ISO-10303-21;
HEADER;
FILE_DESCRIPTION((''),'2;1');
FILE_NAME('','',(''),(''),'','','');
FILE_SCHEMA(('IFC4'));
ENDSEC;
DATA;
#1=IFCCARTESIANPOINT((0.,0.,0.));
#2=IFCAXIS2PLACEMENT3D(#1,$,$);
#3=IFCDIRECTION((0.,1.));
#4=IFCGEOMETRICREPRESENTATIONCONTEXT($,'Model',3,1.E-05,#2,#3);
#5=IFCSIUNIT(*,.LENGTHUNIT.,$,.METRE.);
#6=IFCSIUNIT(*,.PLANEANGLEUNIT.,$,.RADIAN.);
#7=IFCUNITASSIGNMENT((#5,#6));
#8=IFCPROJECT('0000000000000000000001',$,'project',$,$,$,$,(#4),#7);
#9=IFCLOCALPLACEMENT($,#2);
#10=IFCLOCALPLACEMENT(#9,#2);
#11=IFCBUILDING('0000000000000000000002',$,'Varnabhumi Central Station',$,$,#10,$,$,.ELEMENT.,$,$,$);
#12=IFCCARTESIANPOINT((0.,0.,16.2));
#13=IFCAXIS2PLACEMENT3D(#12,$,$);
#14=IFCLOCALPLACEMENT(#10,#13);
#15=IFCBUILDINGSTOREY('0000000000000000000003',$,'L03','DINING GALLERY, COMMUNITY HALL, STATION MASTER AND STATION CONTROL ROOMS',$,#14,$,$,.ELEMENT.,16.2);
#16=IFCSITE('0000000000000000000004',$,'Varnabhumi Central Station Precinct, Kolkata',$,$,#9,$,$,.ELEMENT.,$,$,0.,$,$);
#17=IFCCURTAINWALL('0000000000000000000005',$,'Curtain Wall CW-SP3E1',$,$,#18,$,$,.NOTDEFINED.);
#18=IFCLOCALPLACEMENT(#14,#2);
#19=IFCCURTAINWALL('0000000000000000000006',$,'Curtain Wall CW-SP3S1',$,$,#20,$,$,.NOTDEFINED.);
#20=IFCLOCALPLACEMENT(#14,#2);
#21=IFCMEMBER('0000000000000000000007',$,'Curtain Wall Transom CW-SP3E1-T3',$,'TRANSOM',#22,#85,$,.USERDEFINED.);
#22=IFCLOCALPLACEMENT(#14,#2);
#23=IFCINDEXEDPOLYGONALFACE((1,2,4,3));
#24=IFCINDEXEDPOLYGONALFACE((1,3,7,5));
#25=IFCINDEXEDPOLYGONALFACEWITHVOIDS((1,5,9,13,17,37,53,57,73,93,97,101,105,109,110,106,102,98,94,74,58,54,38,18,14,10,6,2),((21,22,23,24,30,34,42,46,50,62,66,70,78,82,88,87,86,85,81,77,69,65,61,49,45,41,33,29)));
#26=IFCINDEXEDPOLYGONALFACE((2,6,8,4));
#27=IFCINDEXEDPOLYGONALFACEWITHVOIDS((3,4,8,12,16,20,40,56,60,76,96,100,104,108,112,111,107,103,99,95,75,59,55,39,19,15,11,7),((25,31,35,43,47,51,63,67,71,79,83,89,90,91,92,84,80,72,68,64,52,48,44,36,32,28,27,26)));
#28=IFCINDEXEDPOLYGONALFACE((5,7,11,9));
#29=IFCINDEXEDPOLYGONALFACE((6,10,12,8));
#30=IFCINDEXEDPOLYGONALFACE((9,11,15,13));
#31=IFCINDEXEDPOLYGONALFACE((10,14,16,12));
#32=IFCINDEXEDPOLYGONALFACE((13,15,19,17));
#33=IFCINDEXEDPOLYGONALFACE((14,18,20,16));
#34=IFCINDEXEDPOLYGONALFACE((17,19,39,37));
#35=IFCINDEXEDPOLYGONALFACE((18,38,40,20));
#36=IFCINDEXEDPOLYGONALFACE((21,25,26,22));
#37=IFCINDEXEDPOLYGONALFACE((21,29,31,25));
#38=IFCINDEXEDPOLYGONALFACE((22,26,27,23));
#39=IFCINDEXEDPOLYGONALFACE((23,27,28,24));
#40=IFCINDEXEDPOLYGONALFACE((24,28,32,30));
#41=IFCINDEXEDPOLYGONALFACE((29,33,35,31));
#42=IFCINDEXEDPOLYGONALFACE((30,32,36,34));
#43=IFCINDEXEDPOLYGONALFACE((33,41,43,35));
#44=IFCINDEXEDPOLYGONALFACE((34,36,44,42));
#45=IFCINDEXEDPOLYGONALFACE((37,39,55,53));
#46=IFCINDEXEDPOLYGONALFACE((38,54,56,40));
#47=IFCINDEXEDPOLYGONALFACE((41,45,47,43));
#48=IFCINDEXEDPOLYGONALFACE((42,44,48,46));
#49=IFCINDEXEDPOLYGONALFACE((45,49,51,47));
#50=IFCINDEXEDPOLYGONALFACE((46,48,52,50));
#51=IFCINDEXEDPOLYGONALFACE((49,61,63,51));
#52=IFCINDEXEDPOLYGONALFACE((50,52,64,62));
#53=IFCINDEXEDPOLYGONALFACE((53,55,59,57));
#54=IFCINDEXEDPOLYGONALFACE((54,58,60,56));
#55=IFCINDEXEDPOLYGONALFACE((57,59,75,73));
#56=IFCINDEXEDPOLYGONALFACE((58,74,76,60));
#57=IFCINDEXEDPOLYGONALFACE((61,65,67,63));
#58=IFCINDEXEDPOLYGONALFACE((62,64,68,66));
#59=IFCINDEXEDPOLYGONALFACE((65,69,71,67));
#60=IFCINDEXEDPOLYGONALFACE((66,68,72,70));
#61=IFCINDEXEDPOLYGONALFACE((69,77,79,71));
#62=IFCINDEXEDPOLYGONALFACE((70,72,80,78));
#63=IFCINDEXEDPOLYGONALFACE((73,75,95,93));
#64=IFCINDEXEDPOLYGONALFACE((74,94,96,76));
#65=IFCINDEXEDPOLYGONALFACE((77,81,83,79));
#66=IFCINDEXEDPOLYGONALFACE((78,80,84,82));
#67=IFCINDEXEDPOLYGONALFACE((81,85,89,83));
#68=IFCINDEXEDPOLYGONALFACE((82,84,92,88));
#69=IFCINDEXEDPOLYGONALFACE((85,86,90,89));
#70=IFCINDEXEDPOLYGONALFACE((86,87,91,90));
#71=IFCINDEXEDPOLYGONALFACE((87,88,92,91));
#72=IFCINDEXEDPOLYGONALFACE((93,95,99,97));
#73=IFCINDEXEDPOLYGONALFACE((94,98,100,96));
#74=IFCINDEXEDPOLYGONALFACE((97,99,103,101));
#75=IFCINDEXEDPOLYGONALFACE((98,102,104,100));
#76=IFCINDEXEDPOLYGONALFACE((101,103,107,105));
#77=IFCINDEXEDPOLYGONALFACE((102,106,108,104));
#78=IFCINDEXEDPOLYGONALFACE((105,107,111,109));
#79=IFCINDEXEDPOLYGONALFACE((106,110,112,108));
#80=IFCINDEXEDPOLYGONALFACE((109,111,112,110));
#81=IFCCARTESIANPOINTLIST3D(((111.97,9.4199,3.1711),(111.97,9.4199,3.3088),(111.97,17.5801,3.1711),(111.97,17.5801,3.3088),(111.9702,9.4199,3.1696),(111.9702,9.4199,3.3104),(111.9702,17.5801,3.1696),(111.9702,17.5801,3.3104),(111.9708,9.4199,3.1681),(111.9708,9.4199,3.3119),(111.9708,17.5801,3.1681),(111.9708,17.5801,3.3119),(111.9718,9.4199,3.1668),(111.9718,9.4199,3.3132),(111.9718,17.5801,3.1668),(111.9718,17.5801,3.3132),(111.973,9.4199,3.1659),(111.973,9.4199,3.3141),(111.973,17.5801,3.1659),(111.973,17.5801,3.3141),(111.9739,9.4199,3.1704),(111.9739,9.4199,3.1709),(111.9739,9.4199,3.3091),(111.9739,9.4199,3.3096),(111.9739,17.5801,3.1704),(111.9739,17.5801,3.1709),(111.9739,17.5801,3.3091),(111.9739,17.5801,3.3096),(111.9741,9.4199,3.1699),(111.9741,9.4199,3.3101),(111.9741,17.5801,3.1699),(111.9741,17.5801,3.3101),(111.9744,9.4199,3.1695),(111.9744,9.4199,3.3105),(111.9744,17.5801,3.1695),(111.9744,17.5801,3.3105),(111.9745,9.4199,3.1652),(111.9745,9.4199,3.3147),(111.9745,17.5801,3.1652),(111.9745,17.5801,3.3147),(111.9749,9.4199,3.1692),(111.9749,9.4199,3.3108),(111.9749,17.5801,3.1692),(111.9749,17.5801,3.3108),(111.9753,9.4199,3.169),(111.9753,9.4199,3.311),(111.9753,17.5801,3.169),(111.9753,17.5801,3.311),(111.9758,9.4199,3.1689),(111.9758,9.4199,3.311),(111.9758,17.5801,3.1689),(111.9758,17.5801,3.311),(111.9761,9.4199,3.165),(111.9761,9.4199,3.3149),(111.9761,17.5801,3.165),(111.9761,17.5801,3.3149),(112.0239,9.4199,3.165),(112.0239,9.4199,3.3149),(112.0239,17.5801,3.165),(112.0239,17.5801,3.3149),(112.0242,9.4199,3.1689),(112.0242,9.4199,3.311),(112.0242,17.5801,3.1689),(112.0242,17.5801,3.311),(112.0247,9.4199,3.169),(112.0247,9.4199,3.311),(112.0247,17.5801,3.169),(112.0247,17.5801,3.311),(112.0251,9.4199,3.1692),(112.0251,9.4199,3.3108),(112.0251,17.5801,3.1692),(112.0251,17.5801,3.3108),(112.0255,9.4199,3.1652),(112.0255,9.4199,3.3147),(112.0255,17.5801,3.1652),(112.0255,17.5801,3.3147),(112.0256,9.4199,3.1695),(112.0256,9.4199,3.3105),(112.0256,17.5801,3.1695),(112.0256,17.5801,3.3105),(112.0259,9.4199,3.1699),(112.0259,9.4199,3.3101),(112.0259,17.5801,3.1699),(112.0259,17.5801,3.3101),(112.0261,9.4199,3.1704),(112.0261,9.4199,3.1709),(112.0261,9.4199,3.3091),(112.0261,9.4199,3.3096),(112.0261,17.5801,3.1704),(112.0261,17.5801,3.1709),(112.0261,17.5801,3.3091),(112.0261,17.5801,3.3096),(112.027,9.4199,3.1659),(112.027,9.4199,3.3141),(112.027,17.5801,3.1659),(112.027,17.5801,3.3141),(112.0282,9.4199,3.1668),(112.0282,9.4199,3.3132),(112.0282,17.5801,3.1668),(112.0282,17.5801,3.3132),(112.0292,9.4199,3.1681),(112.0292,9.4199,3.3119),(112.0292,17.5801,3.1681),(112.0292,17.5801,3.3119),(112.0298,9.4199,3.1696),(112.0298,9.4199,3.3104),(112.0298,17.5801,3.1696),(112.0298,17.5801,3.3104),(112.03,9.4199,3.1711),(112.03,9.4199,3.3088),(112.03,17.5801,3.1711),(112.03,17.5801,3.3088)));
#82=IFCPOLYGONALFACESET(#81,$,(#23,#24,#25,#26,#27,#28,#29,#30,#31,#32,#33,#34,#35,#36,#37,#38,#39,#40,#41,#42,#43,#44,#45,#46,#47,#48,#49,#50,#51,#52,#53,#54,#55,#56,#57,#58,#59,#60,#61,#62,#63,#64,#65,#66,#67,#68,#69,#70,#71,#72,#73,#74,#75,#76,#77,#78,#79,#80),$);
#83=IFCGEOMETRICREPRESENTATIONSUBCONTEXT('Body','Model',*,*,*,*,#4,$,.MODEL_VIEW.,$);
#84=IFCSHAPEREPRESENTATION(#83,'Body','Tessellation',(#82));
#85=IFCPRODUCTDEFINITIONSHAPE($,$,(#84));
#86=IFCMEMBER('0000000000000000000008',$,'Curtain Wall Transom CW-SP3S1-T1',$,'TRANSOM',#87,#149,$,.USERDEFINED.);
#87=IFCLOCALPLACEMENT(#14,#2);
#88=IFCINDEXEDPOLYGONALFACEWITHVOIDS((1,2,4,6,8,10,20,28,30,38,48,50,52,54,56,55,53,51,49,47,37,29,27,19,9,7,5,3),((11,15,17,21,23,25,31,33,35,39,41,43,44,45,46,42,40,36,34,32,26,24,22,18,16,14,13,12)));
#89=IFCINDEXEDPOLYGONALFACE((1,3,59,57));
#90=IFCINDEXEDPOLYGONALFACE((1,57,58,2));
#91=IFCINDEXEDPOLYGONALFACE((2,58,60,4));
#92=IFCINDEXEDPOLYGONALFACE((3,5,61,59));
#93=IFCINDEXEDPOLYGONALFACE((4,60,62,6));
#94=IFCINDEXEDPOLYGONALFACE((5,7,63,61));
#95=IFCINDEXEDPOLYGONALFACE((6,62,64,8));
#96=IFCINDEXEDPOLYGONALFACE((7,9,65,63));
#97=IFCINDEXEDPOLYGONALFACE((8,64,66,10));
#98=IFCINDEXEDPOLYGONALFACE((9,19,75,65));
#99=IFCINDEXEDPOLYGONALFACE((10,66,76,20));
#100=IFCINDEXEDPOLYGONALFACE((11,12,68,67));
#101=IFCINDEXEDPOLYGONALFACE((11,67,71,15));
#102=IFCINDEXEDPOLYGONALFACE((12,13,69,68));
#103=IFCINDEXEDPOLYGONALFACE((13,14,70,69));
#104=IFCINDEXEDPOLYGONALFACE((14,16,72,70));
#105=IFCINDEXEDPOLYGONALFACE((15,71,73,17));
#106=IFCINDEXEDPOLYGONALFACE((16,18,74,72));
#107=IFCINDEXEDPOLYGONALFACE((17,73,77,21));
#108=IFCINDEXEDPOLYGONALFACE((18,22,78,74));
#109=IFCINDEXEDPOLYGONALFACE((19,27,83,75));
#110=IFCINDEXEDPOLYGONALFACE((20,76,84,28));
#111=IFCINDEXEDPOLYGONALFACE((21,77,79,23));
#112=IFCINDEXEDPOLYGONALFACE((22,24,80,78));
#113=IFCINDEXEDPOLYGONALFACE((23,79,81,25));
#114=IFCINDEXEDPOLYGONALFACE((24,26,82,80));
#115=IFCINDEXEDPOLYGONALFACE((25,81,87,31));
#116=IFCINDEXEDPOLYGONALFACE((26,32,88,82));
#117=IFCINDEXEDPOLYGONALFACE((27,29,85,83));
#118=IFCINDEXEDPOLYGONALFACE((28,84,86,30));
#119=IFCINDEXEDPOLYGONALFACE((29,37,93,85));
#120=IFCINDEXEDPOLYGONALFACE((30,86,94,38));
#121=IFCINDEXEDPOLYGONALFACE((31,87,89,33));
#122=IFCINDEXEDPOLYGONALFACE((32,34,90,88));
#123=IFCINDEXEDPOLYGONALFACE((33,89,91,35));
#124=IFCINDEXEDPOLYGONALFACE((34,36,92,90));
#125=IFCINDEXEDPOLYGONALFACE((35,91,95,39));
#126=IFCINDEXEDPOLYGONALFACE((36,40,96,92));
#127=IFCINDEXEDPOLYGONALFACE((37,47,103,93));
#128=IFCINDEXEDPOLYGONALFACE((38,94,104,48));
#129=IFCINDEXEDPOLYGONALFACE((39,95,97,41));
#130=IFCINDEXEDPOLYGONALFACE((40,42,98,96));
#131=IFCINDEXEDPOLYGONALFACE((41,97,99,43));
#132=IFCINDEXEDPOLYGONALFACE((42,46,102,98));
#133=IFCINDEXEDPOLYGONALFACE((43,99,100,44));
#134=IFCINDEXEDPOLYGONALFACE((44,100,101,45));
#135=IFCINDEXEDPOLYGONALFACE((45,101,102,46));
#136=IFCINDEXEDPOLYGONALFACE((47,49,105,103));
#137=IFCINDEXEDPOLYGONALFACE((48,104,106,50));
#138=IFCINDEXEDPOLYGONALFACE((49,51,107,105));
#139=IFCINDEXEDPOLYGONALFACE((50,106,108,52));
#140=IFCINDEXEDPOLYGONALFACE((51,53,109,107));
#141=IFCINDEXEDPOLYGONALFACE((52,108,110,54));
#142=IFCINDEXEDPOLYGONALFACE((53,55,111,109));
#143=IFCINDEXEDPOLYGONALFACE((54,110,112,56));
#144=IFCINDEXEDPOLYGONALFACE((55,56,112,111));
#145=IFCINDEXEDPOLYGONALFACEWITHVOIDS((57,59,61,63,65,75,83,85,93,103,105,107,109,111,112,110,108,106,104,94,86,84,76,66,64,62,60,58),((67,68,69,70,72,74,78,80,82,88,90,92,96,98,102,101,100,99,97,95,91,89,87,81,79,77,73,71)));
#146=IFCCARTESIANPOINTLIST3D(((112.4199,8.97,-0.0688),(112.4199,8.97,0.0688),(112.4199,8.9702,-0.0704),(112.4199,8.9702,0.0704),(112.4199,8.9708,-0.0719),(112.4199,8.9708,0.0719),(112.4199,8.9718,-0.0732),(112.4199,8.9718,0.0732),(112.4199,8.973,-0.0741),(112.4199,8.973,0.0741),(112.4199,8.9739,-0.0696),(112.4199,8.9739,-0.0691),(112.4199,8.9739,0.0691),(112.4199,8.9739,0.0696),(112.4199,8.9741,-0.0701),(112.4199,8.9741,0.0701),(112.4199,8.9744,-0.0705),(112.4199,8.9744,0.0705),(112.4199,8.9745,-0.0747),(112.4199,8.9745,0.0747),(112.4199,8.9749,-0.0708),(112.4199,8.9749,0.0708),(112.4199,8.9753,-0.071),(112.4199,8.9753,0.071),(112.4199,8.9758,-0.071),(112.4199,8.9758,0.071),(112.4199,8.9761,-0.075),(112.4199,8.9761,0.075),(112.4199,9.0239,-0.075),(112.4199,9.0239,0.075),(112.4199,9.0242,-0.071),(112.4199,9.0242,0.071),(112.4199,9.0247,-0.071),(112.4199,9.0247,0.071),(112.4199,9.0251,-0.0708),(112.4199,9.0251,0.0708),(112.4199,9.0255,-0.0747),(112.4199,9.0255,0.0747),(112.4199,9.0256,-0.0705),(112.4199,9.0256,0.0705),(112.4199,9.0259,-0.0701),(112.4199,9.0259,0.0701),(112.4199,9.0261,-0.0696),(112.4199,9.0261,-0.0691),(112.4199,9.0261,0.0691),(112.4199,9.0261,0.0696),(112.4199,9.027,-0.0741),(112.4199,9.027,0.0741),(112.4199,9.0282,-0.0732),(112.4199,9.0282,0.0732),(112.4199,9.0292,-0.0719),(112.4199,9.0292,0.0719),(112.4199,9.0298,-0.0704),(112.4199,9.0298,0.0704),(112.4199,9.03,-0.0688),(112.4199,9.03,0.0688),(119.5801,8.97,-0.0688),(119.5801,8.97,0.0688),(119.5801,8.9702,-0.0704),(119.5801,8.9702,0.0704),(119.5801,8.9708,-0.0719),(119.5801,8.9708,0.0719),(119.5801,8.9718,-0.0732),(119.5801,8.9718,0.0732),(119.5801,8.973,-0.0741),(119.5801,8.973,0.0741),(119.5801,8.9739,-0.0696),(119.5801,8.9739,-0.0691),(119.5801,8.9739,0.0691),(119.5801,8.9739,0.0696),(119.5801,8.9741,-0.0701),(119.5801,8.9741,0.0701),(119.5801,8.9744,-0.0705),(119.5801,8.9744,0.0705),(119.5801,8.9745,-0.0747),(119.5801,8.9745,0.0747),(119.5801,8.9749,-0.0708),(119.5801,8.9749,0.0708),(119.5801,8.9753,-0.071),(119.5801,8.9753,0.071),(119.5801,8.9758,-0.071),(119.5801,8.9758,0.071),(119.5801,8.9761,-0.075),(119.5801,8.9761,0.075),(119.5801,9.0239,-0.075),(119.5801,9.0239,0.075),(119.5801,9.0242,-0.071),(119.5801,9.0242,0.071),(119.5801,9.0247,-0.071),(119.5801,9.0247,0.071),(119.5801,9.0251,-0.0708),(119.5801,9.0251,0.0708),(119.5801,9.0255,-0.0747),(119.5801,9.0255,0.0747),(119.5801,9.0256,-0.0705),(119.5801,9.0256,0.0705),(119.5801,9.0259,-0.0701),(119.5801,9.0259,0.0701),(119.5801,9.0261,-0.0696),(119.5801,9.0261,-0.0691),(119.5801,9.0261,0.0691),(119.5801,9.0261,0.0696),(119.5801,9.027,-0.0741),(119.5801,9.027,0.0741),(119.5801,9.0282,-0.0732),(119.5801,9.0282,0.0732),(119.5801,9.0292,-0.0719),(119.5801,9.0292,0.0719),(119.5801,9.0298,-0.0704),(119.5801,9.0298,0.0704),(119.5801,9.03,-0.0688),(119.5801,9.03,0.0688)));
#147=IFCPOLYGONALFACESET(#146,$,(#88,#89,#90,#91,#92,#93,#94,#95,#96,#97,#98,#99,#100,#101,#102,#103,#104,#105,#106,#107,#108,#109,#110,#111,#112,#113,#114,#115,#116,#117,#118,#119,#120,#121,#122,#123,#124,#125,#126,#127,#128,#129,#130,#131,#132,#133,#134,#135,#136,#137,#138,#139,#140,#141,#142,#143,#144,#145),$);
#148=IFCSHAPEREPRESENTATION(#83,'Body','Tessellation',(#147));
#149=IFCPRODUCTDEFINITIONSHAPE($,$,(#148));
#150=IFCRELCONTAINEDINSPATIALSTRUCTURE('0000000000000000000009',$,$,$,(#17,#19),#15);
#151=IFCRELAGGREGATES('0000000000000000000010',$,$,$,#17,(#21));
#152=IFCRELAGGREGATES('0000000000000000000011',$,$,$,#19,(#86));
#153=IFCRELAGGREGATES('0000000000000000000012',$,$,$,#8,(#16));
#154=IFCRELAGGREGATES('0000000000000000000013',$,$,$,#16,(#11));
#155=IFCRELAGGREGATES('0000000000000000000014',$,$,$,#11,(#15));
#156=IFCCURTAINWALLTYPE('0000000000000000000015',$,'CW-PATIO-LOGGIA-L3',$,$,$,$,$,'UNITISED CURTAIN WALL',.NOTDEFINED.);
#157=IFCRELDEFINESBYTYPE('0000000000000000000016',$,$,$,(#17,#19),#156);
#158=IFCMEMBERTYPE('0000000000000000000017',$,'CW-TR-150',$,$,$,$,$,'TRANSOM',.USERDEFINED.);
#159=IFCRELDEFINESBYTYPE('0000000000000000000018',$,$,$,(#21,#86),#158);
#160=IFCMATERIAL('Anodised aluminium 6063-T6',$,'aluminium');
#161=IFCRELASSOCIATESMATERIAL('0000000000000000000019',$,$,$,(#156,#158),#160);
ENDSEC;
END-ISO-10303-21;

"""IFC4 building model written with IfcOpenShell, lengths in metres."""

from ifc_helpers import new_model, si_unit, direction, frame, origin, origin_2d, place, context, subcontext, project, spatial, hollow_rectangle, extrude, material, material_profile, profile_set, type_object, element, aggregate, save


model = new_model("IFC4")

# Units and contexts
model_context = context("Model", 3, precision=1e-05, world=origin(), true_north=direction((0.0, 1.0)))
body_context = subcontext(model_context, "Body", "Model", "MODEL_VIEW")
ifc_project = project(units=[si_unit("LENGTHUNIT", "METRE"), si_unit("PLANEANGLEUNIT", "RADIAN")], contexts=[model_context])

# Site, building, storey
site_placement = place(None, origin())
site = spatial("IfcSite", under=ifc_project, at=site_placement, Name="Varnabhumi Central Station Precinct, Kolkata", CompositionType="ELEMENT", RefElevation=0.0)
building_placement = place(site_placement, origin())
building = spatial("IfcBuilding", under=site, at=building_placement, Name="Varnabhumi Central Station", CompositionType="ELEMENT")
storey_placement = place(building_placement, frame((0.0, 0.0, 16.2)))
storey = spatial("IfcBuildingStorey", under=building, at=storey_placement, Name="L03", Description="DINING GALLERY, COMMUNITY HALL, STATION MASTER AND STATION CONTROL ROOMS", CompositionType="ELEMENT", Elevation=16.2)

# Curtain walls
ifc_material_1 = material(Name="Anodised aluminium 6063-T6", Category="aluminium")
curtain_wall_type = type_object("IfcCurtainWallType", Name="CW-PATIO-LOGGIA-L3", ElementType="UNITISED CURTAIN WALL", PredefinedType="NOTDEFINED", material=ifc_material_1)
curtain_wall_1_placement = place(storey_placement, origin())
curtain_wall_1 = element("IfcCurtainWall", 1, at=curtain_wall_1_placement, inside=storey, type_object=curtain_wall_type, Name="Curtain Wall CW-SP3E1", PredefinedType="NOTDEFINED")
curtain_wall_2_placement = place(storey_placement, origin())
curtain_wall_2 = element("IfcCurtainWall", 2, at=curtain_wall_2_placement, inside=storey, type_object=curtain_wall_type, Name="Curtain Wall CW-SP3S1", PredefinedType="NOTDEFINED")

# Members
ifc_material_profile_1 = material_profile(ifc_material_1, hollow_rectangle(XDim=0.0601, YDim=0.1499, WallThickness=0.0039, InnerFilletRadius=0.002, OuterFilletRadius=0.0061, at=origin_2d()), Name="Anodised aluminium 6063-T6", Category="aluminium")
ifc_profile_set_1 = profile_set([ifc_material_profile_1], Name="Anodised aluminium 6063-T6")
member_type_1 = type_object("IfcMemberType", Name="CW-TR-150", ElementType="TRANSOM", PredefinedType="USERDEFINED", material=ifc_profile_set_1)
member_1_placement = place(storey_placement, frame((112.0, 9.4199, 3.24), z_axis=(0.0, 1.0, 0.0), x_axis=(-1.0, 0.0, 0.0)))
member_1 = element("IfcMember", 3, at=member_1_placement, type_object=member_type_1, Name="Curtain Wall Transom CW-SP3E1-T3", ObjectType="TRANSOM", PredefinedType="USERDEFINED", context=body_context, shape_type="SweptSolid", body=[
    extrude(hollow_rectangle(XDim=0.0601, YDim=0.1499, WallThickness=0.0039, InnerFilletRadius=0.002, OuterFilletRadius=0.0061, at=origin_2d()), origin(), (0.0, 0.0, 1.0), 8.1602),
])
member_2_placement = place(storey_placement, frame((112.4199, 9.0, 0.0), z_axis=(1.0, 0.0, 0.0), x_axis=(0.0, 1.0, 0.0)))
member_2 = element("IfcMember", 4, at=member_2_placement, type_object=member_type_1, Name="Curtain Wall Transom CW-SP3S1-T1", ObjectType="TRANSOM", PredefinedType="USERDEFINED", context=body_context, shape_type="SweptSolid", body=[
    extrude(hollow_rectangle(XDim=0.0601, YDim=0.1499, WallThickness=0.0039, InnerFilletRadius=0.002, OuterFilletRadius=0.0061, at=origin_2d()), origin(), (0.0, 0.0, 1.0), 7.1602),
])

aggregate(curtain_wall_1, [member_1])
aggregate(curtain_wall_2, [member_2])

save(model, "model.ifc")
